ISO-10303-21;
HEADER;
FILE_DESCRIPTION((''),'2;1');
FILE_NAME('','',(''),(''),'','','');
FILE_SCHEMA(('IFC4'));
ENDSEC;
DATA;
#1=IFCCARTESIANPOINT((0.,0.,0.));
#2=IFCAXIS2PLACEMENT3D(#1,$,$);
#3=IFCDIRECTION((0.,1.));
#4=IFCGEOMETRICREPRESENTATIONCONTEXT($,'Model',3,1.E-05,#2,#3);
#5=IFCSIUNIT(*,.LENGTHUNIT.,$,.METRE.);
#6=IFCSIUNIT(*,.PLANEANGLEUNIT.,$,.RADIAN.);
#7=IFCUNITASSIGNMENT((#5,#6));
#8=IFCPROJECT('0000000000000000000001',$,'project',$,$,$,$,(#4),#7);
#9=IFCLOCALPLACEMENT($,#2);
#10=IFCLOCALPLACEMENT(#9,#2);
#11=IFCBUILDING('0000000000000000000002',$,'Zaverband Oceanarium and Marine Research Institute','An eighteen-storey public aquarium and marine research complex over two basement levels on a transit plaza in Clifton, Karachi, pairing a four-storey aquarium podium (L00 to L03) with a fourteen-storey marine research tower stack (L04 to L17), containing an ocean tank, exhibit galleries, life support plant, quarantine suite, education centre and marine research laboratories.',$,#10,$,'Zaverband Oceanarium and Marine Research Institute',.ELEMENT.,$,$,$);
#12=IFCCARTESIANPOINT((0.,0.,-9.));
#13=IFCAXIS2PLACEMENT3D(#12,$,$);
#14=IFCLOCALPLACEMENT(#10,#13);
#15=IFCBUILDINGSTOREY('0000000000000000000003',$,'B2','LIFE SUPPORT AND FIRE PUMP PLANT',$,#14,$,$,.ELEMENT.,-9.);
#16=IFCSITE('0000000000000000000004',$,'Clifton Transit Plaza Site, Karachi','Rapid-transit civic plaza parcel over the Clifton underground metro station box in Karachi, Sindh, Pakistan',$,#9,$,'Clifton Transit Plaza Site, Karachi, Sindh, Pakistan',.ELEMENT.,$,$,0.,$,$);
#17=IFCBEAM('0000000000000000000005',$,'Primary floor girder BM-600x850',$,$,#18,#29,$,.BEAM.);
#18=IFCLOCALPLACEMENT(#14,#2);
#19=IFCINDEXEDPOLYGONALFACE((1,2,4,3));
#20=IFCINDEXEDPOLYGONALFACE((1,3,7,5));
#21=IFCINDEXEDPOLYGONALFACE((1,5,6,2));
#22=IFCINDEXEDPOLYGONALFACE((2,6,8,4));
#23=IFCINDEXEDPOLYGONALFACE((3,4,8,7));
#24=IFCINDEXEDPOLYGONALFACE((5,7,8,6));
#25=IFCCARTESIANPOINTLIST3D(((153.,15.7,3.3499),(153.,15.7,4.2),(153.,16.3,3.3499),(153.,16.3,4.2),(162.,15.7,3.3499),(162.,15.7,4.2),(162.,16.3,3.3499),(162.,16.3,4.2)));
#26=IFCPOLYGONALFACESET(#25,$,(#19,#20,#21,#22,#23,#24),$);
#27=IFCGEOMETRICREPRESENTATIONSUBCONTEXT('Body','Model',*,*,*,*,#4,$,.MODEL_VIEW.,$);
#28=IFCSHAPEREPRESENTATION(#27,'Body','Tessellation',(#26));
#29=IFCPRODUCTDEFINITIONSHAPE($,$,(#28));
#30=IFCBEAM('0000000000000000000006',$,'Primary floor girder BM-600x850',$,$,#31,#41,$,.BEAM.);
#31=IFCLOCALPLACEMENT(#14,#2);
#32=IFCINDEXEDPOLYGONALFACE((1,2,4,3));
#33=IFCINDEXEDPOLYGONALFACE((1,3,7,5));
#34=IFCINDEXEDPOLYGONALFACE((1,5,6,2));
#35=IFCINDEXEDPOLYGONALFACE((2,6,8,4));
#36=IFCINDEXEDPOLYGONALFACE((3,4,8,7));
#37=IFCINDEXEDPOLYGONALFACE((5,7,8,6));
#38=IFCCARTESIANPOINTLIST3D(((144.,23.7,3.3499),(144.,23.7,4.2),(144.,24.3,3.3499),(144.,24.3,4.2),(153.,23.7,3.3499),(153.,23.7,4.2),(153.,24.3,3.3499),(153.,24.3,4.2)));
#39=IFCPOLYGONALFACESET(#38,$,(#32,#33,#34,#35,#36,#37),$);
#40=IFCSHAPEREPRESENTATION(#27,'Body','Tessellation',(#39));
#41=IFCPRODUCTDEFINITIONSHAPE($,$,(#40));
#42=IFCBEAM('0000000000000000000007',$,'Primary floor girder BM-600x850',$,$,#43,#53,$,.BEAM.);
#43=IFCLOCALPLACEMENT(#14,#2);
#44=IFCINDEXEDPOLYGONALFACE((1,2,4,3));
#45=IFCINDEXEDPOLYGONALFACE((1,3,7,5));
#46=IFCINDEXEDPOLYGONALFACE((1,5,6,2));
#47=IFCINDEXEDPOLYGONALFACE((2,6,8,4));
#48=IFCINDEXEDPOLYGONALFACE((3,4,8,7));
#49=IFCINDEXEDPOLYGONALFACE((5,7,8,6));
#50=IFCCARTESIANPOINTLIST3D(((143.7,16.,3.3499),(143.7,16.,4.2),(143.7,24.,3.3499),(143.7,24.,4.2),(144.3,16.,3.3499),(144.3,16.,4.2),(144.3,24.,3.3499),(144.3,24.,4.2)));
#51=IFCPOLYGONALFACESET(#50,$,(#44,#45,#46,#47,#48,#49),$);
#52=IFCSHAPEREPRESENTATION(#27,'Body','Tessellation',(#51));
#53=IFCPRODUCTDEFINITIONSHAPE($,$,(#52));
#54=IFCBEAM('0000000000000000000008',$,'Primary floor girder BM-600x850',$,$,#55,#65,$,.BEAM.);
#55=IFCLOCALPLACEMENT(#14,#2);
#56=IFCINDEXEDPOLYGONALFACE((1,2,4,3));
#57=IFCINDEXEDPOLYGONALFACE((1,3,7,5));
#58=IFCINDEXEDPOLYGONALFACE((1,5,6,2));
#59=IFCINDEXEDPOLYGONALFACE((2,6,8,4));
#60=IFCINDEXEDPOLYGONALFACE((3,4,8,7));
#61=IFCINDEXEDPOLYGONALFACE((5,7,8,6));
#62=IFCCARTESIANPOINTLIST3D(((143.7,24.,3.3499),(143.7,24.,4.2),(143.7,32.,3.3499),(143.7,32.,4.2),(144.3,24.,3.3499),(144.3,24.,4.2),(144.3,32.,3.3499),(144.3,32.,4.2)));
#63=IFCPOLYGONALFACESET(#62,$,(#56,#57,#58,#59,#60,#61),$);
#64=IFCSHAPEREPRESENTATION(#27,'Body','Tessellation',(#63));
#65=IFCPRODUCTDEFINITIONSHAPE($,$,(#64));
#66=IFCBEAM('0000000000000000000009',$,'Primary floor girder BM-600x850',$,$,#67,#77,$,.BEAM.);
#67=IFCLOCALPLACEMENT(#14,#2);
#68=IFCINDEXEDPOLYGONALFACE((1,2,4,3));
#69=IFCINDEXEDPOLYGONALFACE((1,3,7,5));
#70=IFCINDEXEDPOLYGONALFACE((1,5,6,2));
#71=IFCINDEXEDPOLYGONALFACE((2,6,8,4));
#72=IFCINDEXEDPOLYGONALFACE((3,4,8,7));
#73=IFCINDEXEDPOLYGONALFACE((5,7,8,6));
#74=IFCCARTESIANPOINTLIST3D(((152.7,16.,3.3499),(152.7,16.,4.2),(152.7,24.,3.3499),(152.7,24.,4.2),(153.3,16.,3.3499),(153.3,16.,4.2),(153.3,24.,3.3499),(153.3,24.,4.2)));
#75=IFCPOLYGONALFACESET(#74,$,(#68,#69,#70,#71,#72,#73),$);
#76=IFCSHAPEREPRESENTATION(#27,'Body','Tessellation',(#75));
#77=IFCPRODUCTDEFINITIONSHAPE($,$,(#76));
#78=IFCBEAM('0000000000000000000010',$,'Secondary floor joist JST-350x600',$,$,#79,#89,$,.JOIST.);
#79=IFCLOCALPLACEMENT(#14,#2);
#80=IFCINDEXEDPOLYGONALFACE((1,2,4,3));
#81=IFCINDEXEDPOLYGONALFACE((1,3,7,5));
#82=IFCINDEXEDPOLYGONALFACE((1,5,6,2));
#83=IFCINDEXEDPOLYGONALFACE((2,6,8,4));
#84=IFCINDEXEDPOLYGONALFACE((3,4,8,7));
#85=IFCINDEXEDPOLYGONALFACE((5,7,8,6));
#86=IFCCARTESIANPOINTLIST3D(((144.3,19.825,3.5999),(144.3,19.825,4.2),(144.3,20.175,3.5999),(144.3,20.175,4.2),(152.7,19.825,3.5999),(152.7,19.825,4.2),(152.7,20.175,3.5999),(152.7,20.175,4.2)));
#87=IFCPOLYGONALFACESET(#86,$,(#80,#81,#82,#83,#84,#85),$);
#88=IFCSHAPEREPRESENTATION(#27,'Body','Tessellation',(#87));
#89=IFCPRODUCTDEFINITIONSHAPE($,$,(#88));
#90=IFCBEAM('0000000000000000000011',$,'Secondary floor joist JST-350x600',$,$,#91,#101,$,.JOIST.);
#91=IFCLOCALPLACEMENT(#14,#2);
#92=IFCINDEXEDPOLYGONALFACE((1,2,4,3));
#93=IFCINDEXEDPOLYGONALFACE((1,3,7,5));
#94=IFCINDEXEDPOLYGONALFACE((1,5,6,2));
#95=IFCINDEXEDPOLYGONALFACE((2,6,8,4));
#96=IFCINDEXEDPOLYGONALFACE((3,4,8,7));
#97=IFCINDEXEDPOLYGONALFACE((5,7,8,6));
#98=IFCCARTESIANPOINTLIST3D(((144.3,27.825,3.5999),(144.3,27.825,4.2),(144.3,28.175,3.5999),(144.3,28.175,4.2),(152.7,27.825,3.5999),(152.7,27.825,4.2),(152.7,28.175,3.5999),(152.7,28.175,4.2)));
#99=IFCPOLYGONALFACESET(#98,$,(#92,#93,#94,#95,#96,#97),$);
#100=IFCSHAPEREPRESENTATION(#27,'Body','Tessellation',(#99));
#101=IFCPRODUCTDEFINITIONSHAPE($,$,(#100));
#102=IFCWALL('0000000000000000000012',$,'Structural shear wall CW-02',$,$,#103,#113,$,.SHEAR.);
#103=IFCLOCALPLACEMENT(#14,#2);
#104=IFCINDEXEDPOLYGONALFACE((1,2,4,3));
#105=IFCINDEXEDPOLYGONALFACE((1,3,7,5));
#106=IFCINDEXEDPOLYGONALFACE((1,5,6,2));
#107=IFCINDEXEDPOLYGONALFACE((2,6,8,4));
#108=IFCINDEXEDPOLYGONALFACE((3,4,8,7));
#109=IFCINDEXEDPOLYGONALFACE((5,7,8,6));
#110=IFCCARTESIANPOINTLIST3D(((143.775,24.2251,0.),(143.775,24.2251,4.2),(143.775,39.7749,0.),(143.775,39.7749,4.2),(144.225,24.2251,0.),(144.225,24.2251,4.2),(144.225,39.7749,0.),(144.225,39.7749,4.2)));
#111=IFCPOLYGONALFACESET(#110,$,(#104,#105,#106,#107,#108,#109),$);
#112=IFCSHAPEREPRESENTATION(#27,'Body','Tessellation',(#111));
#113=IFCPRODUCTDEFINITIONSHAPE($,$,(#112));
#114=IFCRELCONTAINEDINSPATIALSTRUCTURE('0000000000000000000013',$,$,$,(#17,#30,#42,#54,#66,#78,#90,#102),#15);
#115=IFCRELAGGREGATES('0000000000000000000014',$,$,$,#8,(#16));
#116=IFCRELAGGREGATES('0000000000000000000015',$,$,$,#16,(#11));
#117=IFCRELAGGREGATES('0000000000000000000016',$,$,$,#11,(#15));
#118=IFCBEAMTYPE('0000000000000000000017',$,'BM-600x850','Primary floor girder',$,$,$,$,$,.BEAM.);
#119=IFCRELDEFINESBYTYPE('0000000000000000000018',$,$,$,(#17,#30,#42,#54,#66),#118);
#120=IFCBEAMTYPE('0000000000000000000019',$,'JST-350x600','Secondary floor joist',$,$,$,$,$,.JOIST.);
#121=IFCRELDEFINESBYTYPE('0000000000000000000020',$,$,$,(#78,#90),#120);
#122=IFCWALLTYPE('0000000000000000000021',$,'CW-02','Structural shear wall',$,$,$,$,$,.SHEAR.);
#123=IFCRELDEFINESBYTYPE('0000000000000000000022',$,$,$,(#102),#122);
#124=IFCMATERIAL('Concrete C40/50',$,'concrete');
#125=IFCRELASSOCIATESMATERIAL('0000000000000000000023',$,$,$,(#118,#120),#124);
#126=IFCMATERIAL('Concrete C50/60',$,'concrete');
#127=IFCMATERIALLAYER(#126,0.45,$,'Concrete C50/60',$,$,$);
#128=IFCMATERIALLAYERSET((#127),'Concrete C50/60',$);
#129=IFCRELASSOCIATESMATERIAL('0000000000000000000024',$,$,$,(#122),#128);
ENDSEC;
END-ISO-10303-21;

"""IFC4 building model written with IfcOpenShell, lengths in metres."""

from ifc_helpers import new_model, si_unit, direction, frame, frame_2d, origin, origin_2d, place, context, subcontext, project, spatial, rectangle, extrude, material, layer, layer_set, material_profile, profile_set, type_object, element, save


model = new_model("IFC4")

# Units and contexts
model_context = context("Model", 3, precision=1e-05, world=origin(), true_north=direction((0.0, 1.0)))
body_context = subcontext(model_context, "Body", "Model", "MODEL_VIEW")
ifc_project = project(units=[si_unit("LENGTHUNIT", "METRE"), si_unit("PLANEANGLEUNIT", "RADIAN")], contexts=[model_context])

# Site, building, storey
site_placement = place(None, origin())
site = spatial("IfcSite", under=ifc_project, at=site_placement, Name="Clifton Transit Plaza Site, Karachi", Description="Rapid-transit civic plaza parcel over the Clifton underground metro station box in Karachi, Sindh, Pakistan", LongName="Clifton Transit Plaza Site, Karachi, Sindh, Pakistan", CompositionType="ELEMENT", RefElevation=0.0)
building_placement = place(site_placement, origin())
building = spatial("IfcBuilding", under=site, at=building_placement, Name="Zaverband Oceanarium and Marine Research Institute", Description="An eighteen-storey public aquarium and marine research complex over two basement levels on a transit plaza in Clifton, Karachi, pairing a four-storey aquarium podium (L00 to L03) with a fourteen-storey marine research tower stack (L04 to L17), containing an ocean tank, exhibit galleries, life support plant, quarantine suite, education centre and marine research laboratories.", LongName="Zaverband Oceanarium and Marine Research Institute", CompositionType="ELEMENT")
storey_placement = place(building_placement, frame((0.0, 0.0, -9.0)))
storey = spatial("IfcBuildingStorey", under=building, at=storey_placement, Name="B2", Description="LIFE SUPPORT AND FIRE PUMP PLANT", CompositionType="ELEMENT", Elevation=-9.0)

# Shared definitions
ifc_material_1 = material(Name="Concrete C50/60", Category="concrete")

# Beams
ifc_material_2 = material(Name="Concrete C40/50", Category="concrete")
ifc_material_profile_1 = material_profile(ifc_material_2, rectangle(XDim=0.6001, YDim=0.8501, at=origin_2d()), Name="RC600x850")
ifc_profile_set_1 = profile_set([ifc_material_profile_1], Name="Concrete C40/50")
beam_type_1 = type_object("IfcBeamType", Name="BM-600x850", Description="Primary floor girder", PredefinedType="BEAM", material=ifc_profile_set_1)
for number, where, z_axis, x_axis, name in (
    (1, (153.0, 16.0, 3.7749), (1.0, 0.0, 0.0), (0.0, 1.0, 0.0), "Primary floor girder BM-600x850"),
    (2, (144.0, 24.0, 3.7749), (1.0, 0.0, 0.0), (0.0, 1.0, 0.0), "Primary floor girder BM-600x850"),
):
    element("IfcBeam", number, at=place(storey_placement, frame(where, z_axis=z_axis, x_axis=x_axis)), inside=storey, type_object=beam_type_1, Name=name, PredefinedType="BEAM", context=body_context, shape_type="SweptSolid", body=[
        extrude(rectangle(XDim=0.6001, YDim=0.8501, at=origin_2d()), origin(), (0.0, 0.0, 1.0), 9.0),
    ])
for number, where, z_axis, x_axis, name in (
    (3, (144.0, 16.0, 3.7749), (0.0, 1.0, 0.0), (-1.0, 0.0, 0.0), "Primary floor girder BM-600x850"),
    (4, (144.0, 24.0, 3.7749), (0.0, 1.0, 0.0), (-1.0, 0.0, 0.0), "Primary floor girder BM-600x850"),
    (5, (153.0, 16.0, 3.7749), (0.0, 1.0, 0.0), (-1.0, 0.0, 0.0), "Primary floor girder BM-600x850"),
):
    element("IfcBeam", number, at=place(storey_placement, frame(where, z_axis=z_axis, x_axis=x_axis)), inside=storey, type_object=beam_type_1, Name=name, PredefinedType="BEAM", context=body_context, shape_type="SweptSolid", body=[
        extrude(rectangle(XDim=0.6001, YDim=0.8501, at=origin_2d()), origin(), (0.0, 0.0, 1.0), 8.0),
    ])
ifc_material_profile_2 = material_profile(ifc_material_2, rectangle(XDim=0.3501, YDim=0.6001, at=origin_2d()), Name="RC350x600")
ifc_profile_set_2 = profile_set([ifc_material_profile_2], Name="Concrete C40/50")
beam_type_2 = type_object("IfcBeamType", Name="JST-350x600", Description="Secondary floor joist", PredefinedType="JOIST", material=ifc_profile_set_2)
for number, where, z_axis, x_axis, name in (
    (6, (144.3, 20.0, 3.8999), (1.0, 0.0, 0.0), (0.0, 1.0, 0.0), "Secondary floor joist JST-350x600"),
    (7, (144.3, 28.0, 3.8999), (1.0, 0.0, 0.0), (0.0, 1.0, 0.0), "Secondary floor joist JST-350x600"),
):
    element("IfcBeam", number, at=place(storey_placement, frame(where, z_axis=z_axis, x_axis=x_axis)), inside=storey, type_object=beam_type_2, Name=name, PredefinedType="JOIST", context=body_context, shape_type="SweptSolid", body=[
        extrude(rectangle(XDim=0.3501, YDim=0.6001, at=origin_2d()), origin(), (0.0, 0.0, 1.0), 8.3999),
    ])

# Wall
ifc_layer_1 = layer(ifc_material_1, 0.45, Name="Concrete C50/60")
ifc_layer_set_1 = layer_set([ifc_layer_1], Name="Concrete C50/60")
wall_type = type_object("IfcWallType", Name="CW-02", Description="Structural shear wall", PredefinedType="SHEAR", material=ifc_layer_set_1)
wall_placement = place(storey_placement, frame((144.0, 24.2251, 0.0), z_axis=(0.0, 0.0, 1.0), x_axis=(0.0, 1.0, 0.0)))
element("IfcWall", 8, at=wall_placement, inside=storey, type_object=wall_type, Name="Structural shear wall CW-02", PredefinedType="SHEAR", context=body_context, shape_type="SweptSolid", body=[
    extrude(rectangle(XDim=15.5498, YDim=0.45, at=frame_2d((7.7749, 0.0))), origin(), (0.0, 0.0, 1.0), 4.2),
])

save(model, "model.ifc")
